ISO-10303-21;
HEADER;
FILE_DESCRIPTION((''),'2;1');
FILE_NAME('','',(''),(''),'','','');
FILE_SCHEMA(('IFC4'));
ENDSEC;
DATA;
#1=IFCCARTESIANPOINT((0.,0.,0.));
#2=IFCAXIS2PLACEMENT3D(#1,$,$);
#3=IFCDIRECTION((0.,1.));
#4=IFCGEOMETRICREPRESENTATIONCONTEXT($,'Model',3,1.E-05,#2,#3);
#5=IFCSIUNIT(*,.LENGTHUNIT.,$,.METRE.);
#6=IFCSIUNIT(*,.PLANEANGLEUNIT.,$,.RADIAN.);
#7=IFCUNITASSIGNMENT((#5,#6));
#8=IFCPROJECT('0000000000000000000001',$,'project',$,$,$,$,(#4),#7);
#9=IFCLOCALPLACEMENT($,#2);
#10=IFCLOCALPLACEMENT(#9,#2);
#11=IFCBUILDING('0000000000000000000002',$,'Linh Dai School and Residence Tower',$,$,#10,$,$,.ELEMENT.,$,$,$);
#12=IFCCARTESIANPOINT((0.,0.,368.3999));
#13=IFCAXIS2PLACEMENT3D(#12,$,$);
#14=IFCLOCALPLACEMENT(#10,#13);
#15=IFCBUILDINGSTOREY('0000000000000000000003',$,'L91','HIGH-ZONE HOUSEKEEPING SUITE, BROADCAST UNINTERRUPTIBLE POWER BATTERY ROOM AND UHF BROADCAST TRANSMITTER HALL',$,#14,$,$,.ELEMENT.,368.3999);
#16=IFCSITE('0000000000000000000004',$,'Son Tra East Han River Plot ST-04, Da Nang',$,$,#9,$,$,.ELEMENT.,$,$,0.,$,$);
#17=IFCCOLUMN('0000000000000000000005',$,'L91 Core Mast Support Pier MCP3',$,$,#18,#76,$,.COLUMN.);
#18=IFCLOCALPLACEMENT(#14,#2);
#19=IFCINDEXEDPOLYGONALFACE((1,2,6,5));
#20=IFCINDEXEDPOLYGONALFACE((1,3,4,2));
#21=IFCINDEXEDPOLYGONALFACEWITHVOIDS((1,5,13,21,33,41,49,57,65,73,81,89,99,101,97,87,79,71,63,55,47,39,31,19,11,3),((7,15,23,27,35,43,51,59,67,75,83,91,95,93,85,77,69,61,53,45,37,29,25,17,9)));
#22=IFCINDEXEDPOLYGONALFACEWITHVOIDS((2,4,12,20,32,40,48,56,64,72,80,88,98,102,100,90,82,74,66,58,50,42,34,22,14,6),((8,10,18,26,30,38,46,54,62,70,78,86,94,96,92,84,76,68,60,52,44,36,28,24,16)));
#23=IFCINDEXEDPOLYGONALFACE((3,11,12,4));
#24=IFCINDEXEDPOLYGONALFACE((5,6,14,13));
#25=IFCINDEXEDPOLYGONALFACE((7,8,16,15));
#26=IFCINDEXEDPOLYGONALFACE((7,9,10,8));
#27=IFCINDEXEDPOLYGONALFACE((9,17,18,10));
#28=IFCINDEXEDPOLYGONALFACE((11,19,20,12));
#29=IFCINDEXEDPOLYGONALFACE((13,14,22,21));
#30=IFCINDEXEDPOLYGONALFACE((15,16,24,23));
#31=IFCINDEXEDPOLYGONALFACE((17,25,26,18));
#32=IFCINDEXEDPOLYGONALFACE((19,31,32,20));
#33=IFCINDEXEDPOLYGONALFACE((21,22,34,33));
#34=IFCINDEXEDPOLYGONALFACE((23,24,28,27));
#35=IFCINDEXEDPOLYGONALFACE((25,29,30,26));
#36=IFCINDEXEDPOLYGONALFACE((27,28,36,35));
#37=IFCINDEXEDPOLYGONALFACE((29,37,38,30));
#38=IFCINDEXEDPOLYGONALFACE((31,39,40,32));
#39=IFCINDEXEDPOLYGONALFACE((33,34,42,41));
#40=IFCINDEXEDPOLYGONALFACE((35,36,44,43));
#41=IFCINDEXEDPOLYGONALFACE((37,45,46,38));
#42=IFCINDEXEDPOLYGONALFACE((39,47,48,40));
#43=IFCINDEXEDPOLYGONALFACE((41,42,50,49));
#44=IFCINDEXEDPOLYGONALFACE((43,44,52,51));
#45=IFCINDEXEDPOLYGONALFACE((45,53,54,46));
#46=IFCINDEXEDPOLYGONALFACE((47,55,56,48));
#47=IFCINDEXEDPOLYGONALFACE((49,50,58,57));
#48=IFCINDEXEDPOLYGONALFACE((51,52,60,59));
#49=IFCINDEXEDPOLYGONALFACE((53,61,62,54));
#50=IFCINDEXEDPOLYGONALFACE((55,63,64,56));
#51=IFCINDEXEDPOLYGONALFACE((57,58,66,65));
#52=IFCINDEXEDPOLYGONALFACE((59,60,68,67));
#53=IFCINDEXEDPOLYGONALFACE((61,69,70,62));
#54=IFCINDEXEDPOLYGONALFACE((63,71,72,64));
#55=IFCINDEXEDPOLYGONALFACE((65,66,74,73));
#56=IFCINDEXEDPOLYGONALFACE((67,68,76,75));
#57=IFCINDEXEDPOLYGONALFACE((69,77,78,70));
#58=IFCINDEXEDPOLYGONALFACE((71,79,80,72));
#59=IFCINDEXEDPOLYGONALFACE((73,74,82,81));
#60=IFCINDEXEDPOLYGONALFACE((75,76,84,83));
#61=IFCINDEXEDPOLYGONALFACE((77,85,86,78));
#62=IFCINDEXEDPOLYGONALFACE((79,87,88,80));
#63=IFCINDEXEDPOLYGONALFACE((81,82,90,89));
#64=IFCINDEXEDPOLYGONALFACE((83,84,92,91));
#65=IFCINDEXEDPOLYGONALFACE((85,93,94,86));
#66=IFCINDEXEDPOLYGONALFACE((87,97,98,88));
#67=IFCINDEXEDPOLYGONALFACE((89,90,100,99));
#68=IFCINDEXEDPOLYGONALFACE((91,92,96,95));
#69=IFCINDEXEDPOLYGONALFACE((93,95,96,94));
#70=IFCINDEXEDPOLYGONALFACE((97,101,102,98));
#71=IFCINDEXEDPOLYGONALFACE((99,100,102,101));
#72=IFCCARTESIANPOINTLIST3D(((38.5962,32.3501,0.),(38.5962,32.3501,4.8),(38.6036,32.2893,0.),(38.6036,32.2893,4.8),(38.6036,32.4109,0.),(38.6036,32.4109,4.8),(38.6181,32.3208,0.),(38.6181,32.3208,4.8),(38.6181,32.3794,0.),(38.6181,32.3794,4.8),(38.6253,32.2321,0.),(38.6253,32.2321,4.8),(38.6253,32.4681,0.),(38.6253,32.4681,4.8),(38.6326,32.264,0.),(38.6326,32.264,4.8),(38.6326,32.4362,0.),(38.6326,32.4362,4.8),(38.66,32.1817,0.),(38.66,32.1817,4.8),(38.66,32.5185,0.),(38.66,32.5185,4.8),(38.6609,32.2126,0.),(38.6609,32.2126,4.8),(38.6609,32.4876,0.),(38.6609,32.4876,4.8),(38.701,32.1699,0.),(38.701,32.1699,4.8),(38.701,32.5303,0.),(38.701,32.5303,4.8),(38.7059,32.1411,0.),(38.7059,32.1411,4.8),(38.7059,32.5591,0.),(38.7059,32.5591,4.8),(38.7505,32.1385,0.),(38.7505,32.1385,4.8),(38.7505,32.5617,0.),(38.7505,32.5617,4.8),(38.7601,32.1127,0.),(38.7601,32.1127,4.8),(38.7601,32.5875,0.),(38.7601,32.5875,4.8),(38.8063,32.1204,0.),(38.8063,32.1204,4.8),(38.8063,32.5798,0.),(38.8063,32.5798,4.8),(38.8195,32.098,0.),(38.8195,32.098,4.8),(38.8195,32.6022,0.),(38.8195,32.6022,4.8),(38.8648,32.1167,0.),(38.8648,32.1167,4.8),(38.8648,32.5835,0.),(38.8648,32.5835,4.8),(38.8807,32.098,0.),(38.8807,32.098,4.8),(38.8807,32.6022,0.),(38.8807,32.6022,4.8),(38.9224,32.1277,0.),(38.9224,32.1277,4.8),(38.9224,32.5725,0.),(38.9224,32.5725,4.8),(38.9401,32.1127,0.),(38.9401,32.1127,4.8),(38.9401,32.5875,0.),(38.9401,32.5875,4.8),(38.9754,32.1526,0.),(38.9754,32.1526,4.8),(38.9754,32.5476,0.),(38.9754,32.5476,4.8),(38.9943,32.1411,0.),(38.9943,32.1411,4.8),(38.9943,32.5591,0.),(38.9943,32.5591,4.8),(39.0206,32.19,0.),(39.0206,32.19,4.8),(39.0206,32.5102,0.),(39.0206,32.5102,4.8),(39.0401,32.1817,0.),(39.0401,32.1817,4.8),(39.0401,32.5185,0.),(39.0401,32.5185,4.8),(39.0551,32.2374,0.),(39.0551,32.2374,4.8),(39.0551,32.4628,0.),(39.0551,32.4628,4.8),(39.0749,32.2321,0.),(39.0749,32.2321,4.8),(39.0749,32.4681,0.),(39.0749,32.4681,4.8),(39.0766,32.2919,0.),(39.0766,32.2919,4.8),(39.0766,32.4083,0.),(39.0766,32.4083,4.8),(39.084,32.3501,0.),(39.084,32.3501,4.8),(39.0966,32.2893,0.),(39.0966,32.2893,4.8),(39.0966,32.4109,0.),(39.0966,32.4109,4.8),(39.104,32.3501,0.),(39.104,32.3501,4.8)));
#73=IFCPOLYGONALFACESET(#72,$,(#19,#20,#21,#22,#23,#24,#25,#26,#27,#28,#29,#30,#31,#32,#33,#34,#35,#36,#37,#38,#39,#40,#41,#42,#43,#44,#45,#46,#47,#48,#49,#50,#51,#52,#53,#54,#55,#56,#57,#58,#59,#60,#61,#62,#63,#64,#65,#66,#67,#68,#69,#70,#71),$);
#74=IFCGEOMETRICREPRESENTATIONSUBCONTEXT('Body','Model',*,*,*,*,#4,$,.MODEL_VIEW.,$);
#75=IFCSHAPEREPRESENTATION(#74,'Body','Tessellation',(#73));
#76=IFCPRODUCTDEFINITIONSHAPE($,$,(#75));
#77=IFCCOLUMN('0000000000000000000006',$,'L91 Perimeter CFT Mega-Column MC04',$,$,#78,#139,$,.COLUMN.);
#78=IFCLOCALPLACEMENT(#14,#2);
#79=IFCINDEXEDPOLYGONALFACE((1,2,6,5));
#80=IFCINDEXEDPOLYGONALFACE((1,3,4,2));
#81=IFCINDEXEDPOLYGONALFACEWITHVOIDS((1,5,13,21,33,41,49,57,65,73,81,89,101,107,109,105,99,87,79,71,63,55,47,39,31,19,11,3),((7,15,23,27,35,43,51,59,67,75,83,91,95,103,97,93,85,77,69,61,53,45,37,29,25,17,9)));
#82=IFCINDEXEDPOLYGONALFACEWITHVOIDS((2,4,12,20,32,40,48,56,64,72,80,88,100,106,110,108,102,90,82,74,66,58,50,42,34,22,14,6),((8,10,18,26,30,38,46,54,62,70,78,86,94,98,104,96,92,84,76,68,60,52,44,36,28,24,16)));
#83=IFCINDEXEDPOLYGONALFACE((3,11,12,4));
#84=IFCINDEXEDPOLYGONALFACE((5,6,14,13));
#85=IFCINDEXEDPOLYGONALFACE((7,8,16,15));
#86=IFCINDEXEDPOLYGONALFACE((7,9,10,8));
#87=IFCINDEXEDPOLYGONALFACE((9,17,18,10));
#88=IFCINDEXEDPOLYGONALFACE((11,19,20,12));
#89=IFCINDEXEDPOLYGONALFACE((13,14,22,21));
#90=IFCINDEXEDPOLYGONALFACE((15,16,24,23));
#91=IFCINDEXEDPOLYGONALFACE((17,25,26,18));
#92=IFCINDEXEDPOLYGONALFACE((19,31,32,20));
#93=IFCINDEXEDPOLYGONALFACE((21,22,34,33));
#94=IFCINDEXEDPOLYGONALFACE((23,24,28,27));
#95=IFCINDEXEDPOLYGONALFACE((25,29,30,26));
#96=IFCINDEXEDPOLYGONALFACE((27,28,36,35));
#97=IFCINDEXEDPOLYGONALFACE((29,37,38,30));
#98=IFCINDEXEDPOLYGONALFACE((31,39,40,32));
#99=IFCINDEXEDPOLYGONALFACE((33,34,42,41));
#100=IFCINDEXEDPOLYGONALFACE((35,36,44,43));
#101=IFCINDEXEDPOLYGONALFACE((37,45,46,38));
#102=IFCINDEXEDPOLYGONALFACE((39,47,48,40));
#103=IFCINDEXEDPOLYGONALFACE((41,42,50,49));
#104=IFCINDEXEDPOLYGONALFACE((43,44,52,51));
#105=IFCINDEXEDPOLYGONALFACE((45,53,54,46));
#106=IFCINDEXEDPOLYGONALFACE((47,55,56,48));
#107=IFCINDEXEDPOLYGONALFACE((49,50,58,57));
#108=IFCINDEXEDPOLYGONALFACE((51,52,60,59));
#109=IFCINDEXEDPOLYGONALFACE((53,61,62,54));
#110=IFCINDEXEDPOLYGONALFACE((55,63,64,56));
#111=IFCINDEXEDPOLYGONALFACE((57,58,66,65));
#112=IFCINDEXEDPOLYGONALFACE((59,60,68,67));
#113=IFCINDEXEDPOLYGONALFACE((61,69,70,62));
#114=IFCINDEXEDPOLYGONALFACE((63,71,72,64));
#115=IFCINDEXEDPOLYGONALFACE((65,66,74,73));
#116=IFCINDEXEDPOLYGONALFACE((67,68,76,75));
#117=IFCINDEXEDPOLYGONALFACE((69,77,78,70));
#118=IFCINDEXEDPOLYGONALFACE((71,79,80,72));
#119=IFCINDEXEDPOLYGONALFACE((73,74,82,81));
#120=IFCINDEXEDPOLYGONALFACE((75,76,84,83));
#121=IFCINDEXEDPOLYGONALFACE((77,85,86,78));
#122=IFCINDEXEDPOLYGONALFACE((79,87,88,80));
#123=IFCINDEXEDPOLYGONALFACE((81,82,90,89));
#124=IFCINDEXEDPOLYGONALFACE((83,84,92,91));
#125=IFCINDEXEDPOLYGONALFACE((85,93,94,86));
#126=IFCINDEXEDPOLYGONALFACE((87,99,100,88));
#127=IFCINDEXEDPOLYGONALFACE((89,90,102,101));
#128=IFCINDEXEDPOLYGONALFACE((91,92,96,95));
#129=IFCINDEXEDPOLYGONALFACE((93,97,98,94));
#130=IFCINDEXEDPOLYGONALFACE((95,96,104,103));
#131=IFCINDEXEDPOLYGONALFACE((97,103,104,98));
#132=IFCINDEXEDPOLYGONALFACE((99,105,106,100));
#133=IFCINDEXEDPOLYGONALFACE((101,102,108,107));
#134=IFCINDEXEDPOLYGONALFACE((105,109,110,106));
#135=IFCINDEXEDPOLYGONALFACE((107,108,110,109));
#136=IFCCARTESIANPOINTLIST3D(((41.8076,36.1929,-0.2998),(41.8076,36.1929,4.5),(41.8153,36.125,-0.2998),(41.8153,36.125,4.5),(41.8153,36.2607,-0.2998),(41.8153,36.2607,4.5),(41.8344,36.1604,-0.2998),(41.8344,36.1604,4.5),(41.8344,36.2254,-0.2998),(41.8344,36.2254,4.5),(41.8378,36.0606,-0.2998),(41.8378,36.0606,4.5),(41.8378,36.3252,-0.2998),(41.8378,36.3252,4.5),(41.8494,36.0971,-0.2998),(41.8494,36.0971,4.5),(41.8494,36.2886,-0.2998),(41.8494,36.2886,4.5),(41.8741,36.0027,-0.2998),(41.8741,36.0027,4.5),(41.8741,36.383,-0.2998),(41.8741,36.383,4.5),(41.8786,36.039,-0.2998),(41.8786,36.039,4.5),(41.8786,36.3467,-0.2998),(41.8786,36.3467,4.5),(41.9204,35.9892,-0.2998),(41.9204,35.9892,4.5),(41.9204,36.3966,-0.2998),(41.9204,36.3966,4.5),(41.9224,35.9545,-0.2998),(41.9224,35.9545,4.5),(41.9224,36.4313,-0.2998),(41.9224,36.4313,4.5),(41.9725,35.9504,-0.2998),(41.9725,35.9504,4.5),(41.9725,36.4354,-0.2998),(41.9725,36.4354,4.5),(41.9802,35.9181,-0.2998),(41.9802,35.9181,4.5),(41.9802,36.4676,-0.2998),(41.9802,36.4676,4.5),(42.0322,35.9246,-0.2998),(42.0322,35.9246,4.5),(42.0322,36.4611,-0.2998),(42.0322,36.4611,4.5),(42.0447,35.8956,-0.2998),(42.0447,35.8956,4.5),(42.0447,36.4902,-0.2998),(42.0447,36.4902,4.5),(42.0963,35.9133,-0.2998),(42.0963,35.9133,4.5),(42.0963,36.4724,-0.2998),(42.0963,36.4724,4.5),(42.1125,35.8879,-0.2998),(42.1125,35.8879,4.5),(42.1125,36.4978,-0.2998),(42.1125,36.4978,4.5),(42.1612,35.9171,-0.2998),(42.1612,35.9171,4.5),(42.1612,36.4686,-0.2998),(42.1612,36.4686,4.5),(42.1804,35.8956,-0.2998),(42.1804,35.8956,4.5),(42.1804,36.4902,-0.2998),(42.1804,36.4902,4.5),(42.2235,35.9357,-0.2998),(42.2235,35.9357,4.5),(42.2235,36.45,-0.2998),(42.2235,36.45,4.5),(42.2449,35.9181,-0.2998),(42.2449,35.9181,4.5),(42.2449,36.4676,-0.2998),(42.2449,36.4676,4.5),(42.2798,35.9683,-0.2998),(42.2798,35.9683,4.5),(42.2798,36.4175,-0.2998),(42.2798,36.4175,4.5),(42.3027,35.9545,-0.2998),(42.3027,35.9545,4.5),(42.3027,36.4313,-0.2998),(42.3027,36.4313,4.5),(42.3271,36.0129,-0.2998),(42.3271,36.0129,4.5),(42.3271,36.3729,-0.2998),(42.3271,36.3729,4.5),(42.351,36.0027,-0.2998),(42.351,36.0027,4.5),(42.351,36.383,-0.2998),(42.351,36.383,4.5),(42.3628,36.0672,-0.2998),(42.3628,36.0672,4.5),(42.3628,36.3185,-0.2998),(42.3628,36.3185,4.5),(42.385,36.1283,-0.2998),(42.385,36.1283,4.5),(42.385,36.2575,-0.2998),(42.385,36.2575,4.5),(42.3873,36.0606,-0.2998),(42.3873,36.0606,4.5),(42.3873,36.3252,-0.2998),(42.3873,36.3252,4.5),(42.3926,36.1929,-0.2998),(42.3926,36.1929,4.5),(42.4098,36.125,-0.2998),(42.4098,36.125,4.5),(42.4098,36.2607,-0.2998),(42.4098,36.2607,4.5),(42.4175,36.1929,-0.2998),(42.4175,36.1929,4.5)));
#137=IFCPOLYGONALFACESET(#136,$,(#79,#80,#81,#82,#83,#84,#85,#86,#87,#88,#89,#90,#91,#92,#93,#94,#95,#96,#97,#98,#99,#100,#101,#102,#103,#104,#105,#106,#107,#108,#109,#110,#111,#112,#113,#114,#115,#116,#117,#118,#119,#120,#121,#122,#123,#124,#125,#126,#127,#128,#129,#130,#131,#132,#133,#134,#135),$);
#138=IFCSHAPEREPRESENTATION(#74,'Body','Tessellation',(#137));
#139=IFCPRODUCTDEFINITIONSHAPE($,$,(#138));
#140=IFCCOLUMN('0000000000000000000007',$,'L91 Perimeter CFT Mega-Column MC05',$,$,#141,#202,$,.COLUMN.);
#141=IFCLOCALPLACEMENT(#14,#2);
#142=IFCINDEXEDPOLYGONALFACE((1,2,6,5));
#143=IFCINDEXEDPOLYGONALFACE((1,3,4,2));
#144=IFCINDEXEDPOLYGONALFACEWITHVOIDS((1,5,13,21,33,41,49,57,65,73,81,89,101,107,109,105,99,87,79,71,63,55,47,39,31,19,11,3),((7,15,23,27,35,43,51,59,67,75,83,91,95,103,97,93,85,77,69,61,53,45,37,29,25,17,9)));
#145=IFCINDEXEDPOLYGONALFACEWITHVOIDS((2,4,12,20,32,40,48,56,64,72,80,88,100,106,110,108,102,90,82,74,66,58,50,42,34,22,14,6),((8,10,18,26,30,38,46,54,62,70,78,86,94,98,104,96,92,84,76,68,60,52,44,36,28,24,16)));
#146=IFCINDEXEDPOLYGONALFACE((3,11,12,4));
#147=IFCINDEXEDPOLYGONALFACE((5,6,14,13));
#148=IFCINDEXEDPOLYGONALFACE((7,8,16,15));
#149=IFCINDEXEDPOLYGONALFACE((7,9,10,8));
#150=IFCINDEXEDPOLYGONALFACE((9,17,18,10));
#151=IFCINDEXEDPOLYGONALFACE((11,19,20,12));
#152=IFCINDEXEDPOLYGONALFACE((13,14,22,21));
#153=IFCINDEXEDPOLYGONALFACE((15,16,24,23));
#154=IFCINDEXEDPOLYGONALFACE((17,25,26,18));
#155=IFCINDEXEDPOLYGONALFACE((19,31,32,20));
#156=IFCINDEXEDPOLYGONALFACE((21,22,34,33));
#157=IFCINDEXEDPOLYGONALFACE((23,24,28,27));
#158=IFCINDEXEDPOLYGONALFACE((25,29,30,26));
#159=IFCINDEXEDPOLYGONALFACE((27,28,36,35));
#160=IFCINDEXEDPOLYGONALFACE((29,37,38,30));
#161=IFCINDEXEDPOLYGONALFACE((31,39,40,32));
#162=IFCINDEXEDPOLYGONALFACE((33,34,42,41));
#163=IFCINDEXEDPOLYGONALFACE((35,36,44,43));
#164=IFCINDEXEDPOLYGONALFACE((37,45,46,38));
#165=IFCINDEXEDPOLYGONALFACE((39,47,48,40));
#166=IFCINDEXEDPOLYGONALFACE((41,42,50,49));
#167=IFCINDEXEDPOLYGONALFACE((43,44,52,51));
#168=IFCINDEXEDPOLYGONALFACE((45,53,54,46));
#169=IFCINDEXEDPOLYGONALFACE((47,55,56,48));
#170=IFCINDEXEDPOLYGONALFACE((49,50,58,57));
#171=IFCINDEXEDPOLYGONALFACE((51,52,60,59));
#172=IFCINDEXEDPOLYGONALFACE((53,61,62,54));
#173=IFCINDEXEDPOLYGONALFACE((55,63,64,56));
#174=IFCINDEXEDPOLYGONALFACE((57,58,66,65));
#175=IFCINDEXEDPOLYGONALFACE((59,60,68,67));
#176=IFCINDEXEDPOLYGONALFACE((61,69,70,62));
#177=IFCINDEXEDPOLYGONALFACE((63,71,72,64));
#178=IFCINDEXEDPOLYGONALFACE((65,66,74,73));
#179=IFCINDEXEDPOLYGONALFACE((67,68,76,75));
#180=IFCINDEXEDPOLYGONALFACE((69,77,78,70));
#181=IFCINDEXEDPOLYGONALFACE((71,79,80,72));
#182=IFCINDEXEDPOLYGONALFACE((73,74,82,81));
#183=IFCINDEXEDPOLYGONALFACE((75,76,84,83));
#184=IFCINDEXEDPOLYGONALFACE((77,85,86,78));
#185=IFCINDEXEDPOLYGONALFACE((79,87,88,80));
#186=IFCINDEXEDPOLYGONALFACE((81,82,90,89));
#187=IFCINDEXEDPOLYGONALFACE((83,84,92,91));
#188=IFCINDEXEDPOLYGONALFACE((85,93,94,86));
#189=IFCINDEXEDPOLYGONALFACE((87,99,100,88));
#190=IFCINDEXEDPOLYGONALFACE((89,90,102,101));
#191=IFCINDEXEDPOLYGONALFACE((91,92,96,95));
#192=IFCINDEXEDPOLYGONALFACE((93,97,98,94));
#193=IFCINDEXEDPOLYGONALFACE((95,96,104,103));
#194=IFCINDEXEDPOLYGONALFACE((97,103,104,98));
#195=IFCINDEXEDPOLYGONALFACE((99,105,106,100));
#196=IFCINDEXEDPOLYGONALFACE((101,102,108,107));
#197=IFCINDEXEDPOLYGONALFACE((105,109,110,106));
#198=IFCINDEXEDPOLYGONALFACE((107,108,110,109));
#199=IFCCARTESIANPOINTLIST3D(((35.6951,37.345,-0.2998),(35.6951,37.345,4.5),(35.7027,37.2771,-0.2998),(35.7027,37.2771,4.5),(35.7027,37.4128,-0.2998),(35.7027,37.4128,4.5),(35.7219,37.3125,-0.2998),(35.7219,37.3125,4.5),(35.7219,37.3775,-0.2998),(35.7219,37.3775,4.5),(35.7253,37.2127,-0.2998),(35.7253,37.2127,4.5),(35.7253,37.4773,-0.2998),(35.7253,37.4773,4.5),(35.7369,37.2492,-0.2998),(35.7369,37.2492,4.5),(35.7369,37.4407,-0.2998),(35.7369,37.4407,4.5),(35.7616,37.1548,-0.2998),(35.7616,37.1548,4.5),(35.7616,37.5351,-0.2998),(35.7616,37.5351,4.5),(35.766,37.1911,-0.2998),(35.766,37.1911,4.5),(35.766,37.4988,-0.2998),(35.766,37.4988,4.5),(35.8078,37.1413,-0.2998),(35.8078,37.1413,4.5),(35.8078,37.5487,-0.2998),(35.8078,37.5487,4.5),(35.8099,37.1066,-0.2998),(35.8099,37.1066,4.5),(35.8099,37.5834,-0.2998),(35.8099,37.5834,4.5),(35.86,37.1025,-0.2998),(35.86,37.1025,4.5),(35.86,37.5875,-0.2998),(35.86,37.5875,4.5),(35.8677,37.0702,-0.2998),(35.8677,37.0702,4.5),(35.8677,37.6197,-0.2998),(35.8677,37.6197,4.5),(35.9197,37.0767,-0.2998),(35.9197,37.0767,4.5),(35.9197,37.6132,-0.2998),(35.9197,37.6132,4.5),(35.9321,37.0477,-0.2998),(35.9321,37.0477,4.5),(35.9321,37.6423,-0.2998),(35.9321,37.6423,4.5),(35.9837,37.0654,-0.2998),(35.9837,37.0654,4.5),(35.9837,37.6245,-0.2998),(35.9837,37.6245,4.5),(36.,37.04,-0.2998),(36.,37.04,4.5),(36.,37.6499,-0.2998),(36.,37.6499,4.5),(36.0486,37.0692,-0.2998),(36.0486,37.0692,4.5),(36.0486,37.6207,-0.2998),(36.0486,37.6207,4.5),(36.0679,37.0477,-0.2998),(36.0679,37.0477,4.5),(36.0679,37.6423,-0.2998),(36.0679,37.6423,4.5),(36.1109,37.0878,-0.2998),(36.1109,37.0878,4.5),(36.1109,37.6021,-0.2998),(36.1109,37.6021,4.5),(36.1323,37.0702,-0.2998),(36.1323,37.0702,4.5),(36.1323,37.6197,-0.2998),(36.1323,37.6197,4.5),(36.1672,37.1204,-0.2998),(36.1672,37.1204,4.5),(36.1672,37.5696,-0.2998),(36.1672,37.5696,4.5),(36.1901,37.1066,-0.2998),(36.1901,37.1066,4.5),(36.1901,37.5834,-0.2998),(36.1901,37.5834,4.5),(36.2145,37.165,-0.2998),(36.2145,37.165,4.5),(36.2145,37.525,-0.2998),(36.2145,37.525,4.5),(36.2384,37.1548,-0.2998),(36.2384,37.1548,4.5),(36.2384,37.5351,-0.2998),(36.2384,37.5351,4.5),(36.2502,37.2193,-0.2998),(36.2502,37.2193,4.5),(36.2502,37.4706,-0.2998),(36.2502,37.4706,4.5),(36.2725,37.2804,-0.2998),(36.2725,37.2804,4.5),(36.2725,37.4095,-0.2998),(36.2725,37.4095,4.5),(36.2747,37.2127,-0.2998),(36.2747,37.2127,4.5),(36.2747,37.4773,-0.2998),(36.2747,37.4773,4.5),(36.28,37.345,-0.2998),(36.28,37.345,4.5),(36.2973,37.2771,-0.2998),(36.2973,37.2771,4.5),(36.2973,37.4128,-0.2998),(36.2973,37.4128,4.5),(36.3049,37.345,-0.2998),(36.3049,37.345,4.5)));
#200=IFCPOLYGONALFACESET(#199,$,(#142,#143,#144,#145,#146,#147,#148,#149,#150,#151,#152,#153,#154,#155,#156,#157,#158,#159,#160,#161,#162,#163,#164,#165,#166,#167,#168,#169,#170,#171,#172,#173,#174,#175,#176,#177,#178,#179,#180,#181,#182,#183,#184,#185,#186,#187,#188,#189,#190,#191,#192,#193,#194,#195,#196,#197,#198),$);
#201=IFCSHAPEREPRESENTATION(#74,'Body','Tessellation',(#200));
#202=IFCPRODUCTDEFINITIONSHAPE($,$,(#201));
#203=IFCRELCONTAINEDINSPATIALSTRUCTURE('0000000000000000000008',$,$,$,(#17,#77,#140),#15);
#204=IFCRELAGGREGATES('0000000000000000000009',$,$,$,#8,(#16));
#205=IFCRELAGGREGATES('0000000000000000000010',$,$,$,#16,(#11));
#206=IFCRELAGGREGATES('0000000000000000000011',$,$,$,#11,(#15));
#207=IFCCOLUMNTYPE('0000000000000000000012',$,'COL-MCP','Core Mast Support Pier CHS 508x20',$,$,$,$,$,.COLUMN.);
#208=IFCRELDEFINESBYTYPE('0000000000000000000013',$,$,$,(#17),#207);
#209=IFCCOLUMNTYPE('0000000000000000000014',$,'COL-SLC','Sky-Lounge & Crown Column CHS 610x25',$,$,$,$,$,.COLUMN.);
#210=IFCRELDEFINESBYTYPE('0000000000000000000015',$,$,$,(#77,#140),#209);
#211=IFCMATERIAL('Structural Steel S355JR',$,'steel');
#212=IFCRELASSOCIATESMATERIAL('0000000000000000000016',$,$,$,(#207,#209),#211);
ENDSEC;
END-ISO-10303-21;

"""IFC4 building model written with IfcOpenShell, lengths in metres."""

from ifc_helpers import new_model, si_unit, direction, frame, origin, origin_2d, place, context, subcontext, project, spatial, hollow_circle, extrude, material, material_profile, profile_set, type_object, element, save


model = new_model("IFC4")

# Units and contexts
model_context = context("Model", 3, precision=1e-05, world=origin(), true_north=direction((0.0, 1.0)))
body_context = subcontext(model_context, "Body", "Model", "MODEL_VIEW")
ifc_project = project(units=[si_unit("LENGTHUNIT", "METRE"), si_unit("PLANEANGLEUNIT", "RADIAN")], contexts=[model_context])

# Site, building, storey
site_placement = place(None, origin())
site = spatial("IfcSite", under=ifc_project, at=site_placement, Name="Son Tra East Han River Plot ST-04, Da Nang", CompositionType="ELEMENT", RefElevation=0.0)
building_placement = place(site_placement, origin())
building = spatial("IfcBuilding", under=site, at=building_placement, Name="Linh Dai School and Residence Tower", CompositionType="ELEMENT")
storey_placement = place(building_placement, frame((0.0, 0.0, 368.3999)))
storey = spatial("IfcBuildingStorey", under=building, at=storey_placement, Name="L91", Description="HIGH-ZONE HOUSEKEEPING SUITE, BROADCAST UNINTERRUPTIBLE POWER BATTERY ROOM AND UHF BROADCAST TRANSMITTER HALL", CompositionType="ELEMENT", Elevation=368.3999)

# Columns
ifc_material_1 = material(Name="Structural Steel S355JR", Category="steel")
ifc_material_profile_1 = material_profile(ifc_material_1, hollow_circle(Radius=0.2539, WallThickness=0.02, at=origin_2d()), Name="CHS 508x20")
ifc_profile_set_1 = profile_set([ifc_material_profile_1], Name="Structural Steel S355JR")
column_type_1 = type_object("IfcColumnType", Name="COL-MCP", Description="Core Mast Support Pier CHS 508x20", PredefinedType="COLUMN", material=ifc_profile_set_1)
column_placement = place(storey_placement, frame((38.8501, 32.3501, 0.0), z_axis=(0.0, 0.0, 1.0), x_axis=(1.0, 0.0, 0.0)))
element("IfcColumn", 1, at=column_placement, inside=storey, type_object=column_type_1, Name="L91 Core Mast Support Pier MCP3", PredefinedType="COLUMN", context=body_context, shape_type="SweptSolid", body=[
    extrude(hollow_circle(Radius=0.2539, WallThickness=0.02, at=origin_2d()), origin(), (0.0, 0.0, 1.0), 4.8),
])
ifc_material_profile_2 = material_profile(ifc_material_1, hollow_circle(Radius=0.3049, WallThickness=0.0249, at=origin_2d()), Name="CHS 610x25")
ifc_profile_set_2 = profile_set([ifc_material_profile_2], Name="Structural Steel S355JR")
column_type_2 = type_object("IfcColumnType", Name="COL-SLC", Description="Sky-Lounge & Crown Column CHS 610x25", PredefinedType="COLUMN", material=ifc_profile_set_2)
for number, where, z_axis, x_axis, name in (
    (2, (42.1125, 36.1929, -0.2998), (0.0, 0.0, 1.0), (1.0, 0.0, 0.0), "L91 Perimeter CFT Mega-Column MC04"),
    (3, (36.0, 37.345, -0.2998), (0.0, 0.0, 1.0), (1.0, 0.0, 0.0), "L91 Perimeter CFT Mega-Column MC05"),
):
    element("IfcColumn", number, at=place(storey_placement, frame(where, z_axis=z_axis, x_axis=x_axis)), inside=storey, type_object=column_type_2, Name=name, PredefinedType="COLUMN", context=body_context, shape_type="SweptSolid", body=[
        extrude(hollow_circle(Radius=0.3049, WallThickness=0.0249, at=origin_2d()), origin(), (0.0, 0.0, 1.0), 4.7998),
    ])

save(model, "model.ifc")
